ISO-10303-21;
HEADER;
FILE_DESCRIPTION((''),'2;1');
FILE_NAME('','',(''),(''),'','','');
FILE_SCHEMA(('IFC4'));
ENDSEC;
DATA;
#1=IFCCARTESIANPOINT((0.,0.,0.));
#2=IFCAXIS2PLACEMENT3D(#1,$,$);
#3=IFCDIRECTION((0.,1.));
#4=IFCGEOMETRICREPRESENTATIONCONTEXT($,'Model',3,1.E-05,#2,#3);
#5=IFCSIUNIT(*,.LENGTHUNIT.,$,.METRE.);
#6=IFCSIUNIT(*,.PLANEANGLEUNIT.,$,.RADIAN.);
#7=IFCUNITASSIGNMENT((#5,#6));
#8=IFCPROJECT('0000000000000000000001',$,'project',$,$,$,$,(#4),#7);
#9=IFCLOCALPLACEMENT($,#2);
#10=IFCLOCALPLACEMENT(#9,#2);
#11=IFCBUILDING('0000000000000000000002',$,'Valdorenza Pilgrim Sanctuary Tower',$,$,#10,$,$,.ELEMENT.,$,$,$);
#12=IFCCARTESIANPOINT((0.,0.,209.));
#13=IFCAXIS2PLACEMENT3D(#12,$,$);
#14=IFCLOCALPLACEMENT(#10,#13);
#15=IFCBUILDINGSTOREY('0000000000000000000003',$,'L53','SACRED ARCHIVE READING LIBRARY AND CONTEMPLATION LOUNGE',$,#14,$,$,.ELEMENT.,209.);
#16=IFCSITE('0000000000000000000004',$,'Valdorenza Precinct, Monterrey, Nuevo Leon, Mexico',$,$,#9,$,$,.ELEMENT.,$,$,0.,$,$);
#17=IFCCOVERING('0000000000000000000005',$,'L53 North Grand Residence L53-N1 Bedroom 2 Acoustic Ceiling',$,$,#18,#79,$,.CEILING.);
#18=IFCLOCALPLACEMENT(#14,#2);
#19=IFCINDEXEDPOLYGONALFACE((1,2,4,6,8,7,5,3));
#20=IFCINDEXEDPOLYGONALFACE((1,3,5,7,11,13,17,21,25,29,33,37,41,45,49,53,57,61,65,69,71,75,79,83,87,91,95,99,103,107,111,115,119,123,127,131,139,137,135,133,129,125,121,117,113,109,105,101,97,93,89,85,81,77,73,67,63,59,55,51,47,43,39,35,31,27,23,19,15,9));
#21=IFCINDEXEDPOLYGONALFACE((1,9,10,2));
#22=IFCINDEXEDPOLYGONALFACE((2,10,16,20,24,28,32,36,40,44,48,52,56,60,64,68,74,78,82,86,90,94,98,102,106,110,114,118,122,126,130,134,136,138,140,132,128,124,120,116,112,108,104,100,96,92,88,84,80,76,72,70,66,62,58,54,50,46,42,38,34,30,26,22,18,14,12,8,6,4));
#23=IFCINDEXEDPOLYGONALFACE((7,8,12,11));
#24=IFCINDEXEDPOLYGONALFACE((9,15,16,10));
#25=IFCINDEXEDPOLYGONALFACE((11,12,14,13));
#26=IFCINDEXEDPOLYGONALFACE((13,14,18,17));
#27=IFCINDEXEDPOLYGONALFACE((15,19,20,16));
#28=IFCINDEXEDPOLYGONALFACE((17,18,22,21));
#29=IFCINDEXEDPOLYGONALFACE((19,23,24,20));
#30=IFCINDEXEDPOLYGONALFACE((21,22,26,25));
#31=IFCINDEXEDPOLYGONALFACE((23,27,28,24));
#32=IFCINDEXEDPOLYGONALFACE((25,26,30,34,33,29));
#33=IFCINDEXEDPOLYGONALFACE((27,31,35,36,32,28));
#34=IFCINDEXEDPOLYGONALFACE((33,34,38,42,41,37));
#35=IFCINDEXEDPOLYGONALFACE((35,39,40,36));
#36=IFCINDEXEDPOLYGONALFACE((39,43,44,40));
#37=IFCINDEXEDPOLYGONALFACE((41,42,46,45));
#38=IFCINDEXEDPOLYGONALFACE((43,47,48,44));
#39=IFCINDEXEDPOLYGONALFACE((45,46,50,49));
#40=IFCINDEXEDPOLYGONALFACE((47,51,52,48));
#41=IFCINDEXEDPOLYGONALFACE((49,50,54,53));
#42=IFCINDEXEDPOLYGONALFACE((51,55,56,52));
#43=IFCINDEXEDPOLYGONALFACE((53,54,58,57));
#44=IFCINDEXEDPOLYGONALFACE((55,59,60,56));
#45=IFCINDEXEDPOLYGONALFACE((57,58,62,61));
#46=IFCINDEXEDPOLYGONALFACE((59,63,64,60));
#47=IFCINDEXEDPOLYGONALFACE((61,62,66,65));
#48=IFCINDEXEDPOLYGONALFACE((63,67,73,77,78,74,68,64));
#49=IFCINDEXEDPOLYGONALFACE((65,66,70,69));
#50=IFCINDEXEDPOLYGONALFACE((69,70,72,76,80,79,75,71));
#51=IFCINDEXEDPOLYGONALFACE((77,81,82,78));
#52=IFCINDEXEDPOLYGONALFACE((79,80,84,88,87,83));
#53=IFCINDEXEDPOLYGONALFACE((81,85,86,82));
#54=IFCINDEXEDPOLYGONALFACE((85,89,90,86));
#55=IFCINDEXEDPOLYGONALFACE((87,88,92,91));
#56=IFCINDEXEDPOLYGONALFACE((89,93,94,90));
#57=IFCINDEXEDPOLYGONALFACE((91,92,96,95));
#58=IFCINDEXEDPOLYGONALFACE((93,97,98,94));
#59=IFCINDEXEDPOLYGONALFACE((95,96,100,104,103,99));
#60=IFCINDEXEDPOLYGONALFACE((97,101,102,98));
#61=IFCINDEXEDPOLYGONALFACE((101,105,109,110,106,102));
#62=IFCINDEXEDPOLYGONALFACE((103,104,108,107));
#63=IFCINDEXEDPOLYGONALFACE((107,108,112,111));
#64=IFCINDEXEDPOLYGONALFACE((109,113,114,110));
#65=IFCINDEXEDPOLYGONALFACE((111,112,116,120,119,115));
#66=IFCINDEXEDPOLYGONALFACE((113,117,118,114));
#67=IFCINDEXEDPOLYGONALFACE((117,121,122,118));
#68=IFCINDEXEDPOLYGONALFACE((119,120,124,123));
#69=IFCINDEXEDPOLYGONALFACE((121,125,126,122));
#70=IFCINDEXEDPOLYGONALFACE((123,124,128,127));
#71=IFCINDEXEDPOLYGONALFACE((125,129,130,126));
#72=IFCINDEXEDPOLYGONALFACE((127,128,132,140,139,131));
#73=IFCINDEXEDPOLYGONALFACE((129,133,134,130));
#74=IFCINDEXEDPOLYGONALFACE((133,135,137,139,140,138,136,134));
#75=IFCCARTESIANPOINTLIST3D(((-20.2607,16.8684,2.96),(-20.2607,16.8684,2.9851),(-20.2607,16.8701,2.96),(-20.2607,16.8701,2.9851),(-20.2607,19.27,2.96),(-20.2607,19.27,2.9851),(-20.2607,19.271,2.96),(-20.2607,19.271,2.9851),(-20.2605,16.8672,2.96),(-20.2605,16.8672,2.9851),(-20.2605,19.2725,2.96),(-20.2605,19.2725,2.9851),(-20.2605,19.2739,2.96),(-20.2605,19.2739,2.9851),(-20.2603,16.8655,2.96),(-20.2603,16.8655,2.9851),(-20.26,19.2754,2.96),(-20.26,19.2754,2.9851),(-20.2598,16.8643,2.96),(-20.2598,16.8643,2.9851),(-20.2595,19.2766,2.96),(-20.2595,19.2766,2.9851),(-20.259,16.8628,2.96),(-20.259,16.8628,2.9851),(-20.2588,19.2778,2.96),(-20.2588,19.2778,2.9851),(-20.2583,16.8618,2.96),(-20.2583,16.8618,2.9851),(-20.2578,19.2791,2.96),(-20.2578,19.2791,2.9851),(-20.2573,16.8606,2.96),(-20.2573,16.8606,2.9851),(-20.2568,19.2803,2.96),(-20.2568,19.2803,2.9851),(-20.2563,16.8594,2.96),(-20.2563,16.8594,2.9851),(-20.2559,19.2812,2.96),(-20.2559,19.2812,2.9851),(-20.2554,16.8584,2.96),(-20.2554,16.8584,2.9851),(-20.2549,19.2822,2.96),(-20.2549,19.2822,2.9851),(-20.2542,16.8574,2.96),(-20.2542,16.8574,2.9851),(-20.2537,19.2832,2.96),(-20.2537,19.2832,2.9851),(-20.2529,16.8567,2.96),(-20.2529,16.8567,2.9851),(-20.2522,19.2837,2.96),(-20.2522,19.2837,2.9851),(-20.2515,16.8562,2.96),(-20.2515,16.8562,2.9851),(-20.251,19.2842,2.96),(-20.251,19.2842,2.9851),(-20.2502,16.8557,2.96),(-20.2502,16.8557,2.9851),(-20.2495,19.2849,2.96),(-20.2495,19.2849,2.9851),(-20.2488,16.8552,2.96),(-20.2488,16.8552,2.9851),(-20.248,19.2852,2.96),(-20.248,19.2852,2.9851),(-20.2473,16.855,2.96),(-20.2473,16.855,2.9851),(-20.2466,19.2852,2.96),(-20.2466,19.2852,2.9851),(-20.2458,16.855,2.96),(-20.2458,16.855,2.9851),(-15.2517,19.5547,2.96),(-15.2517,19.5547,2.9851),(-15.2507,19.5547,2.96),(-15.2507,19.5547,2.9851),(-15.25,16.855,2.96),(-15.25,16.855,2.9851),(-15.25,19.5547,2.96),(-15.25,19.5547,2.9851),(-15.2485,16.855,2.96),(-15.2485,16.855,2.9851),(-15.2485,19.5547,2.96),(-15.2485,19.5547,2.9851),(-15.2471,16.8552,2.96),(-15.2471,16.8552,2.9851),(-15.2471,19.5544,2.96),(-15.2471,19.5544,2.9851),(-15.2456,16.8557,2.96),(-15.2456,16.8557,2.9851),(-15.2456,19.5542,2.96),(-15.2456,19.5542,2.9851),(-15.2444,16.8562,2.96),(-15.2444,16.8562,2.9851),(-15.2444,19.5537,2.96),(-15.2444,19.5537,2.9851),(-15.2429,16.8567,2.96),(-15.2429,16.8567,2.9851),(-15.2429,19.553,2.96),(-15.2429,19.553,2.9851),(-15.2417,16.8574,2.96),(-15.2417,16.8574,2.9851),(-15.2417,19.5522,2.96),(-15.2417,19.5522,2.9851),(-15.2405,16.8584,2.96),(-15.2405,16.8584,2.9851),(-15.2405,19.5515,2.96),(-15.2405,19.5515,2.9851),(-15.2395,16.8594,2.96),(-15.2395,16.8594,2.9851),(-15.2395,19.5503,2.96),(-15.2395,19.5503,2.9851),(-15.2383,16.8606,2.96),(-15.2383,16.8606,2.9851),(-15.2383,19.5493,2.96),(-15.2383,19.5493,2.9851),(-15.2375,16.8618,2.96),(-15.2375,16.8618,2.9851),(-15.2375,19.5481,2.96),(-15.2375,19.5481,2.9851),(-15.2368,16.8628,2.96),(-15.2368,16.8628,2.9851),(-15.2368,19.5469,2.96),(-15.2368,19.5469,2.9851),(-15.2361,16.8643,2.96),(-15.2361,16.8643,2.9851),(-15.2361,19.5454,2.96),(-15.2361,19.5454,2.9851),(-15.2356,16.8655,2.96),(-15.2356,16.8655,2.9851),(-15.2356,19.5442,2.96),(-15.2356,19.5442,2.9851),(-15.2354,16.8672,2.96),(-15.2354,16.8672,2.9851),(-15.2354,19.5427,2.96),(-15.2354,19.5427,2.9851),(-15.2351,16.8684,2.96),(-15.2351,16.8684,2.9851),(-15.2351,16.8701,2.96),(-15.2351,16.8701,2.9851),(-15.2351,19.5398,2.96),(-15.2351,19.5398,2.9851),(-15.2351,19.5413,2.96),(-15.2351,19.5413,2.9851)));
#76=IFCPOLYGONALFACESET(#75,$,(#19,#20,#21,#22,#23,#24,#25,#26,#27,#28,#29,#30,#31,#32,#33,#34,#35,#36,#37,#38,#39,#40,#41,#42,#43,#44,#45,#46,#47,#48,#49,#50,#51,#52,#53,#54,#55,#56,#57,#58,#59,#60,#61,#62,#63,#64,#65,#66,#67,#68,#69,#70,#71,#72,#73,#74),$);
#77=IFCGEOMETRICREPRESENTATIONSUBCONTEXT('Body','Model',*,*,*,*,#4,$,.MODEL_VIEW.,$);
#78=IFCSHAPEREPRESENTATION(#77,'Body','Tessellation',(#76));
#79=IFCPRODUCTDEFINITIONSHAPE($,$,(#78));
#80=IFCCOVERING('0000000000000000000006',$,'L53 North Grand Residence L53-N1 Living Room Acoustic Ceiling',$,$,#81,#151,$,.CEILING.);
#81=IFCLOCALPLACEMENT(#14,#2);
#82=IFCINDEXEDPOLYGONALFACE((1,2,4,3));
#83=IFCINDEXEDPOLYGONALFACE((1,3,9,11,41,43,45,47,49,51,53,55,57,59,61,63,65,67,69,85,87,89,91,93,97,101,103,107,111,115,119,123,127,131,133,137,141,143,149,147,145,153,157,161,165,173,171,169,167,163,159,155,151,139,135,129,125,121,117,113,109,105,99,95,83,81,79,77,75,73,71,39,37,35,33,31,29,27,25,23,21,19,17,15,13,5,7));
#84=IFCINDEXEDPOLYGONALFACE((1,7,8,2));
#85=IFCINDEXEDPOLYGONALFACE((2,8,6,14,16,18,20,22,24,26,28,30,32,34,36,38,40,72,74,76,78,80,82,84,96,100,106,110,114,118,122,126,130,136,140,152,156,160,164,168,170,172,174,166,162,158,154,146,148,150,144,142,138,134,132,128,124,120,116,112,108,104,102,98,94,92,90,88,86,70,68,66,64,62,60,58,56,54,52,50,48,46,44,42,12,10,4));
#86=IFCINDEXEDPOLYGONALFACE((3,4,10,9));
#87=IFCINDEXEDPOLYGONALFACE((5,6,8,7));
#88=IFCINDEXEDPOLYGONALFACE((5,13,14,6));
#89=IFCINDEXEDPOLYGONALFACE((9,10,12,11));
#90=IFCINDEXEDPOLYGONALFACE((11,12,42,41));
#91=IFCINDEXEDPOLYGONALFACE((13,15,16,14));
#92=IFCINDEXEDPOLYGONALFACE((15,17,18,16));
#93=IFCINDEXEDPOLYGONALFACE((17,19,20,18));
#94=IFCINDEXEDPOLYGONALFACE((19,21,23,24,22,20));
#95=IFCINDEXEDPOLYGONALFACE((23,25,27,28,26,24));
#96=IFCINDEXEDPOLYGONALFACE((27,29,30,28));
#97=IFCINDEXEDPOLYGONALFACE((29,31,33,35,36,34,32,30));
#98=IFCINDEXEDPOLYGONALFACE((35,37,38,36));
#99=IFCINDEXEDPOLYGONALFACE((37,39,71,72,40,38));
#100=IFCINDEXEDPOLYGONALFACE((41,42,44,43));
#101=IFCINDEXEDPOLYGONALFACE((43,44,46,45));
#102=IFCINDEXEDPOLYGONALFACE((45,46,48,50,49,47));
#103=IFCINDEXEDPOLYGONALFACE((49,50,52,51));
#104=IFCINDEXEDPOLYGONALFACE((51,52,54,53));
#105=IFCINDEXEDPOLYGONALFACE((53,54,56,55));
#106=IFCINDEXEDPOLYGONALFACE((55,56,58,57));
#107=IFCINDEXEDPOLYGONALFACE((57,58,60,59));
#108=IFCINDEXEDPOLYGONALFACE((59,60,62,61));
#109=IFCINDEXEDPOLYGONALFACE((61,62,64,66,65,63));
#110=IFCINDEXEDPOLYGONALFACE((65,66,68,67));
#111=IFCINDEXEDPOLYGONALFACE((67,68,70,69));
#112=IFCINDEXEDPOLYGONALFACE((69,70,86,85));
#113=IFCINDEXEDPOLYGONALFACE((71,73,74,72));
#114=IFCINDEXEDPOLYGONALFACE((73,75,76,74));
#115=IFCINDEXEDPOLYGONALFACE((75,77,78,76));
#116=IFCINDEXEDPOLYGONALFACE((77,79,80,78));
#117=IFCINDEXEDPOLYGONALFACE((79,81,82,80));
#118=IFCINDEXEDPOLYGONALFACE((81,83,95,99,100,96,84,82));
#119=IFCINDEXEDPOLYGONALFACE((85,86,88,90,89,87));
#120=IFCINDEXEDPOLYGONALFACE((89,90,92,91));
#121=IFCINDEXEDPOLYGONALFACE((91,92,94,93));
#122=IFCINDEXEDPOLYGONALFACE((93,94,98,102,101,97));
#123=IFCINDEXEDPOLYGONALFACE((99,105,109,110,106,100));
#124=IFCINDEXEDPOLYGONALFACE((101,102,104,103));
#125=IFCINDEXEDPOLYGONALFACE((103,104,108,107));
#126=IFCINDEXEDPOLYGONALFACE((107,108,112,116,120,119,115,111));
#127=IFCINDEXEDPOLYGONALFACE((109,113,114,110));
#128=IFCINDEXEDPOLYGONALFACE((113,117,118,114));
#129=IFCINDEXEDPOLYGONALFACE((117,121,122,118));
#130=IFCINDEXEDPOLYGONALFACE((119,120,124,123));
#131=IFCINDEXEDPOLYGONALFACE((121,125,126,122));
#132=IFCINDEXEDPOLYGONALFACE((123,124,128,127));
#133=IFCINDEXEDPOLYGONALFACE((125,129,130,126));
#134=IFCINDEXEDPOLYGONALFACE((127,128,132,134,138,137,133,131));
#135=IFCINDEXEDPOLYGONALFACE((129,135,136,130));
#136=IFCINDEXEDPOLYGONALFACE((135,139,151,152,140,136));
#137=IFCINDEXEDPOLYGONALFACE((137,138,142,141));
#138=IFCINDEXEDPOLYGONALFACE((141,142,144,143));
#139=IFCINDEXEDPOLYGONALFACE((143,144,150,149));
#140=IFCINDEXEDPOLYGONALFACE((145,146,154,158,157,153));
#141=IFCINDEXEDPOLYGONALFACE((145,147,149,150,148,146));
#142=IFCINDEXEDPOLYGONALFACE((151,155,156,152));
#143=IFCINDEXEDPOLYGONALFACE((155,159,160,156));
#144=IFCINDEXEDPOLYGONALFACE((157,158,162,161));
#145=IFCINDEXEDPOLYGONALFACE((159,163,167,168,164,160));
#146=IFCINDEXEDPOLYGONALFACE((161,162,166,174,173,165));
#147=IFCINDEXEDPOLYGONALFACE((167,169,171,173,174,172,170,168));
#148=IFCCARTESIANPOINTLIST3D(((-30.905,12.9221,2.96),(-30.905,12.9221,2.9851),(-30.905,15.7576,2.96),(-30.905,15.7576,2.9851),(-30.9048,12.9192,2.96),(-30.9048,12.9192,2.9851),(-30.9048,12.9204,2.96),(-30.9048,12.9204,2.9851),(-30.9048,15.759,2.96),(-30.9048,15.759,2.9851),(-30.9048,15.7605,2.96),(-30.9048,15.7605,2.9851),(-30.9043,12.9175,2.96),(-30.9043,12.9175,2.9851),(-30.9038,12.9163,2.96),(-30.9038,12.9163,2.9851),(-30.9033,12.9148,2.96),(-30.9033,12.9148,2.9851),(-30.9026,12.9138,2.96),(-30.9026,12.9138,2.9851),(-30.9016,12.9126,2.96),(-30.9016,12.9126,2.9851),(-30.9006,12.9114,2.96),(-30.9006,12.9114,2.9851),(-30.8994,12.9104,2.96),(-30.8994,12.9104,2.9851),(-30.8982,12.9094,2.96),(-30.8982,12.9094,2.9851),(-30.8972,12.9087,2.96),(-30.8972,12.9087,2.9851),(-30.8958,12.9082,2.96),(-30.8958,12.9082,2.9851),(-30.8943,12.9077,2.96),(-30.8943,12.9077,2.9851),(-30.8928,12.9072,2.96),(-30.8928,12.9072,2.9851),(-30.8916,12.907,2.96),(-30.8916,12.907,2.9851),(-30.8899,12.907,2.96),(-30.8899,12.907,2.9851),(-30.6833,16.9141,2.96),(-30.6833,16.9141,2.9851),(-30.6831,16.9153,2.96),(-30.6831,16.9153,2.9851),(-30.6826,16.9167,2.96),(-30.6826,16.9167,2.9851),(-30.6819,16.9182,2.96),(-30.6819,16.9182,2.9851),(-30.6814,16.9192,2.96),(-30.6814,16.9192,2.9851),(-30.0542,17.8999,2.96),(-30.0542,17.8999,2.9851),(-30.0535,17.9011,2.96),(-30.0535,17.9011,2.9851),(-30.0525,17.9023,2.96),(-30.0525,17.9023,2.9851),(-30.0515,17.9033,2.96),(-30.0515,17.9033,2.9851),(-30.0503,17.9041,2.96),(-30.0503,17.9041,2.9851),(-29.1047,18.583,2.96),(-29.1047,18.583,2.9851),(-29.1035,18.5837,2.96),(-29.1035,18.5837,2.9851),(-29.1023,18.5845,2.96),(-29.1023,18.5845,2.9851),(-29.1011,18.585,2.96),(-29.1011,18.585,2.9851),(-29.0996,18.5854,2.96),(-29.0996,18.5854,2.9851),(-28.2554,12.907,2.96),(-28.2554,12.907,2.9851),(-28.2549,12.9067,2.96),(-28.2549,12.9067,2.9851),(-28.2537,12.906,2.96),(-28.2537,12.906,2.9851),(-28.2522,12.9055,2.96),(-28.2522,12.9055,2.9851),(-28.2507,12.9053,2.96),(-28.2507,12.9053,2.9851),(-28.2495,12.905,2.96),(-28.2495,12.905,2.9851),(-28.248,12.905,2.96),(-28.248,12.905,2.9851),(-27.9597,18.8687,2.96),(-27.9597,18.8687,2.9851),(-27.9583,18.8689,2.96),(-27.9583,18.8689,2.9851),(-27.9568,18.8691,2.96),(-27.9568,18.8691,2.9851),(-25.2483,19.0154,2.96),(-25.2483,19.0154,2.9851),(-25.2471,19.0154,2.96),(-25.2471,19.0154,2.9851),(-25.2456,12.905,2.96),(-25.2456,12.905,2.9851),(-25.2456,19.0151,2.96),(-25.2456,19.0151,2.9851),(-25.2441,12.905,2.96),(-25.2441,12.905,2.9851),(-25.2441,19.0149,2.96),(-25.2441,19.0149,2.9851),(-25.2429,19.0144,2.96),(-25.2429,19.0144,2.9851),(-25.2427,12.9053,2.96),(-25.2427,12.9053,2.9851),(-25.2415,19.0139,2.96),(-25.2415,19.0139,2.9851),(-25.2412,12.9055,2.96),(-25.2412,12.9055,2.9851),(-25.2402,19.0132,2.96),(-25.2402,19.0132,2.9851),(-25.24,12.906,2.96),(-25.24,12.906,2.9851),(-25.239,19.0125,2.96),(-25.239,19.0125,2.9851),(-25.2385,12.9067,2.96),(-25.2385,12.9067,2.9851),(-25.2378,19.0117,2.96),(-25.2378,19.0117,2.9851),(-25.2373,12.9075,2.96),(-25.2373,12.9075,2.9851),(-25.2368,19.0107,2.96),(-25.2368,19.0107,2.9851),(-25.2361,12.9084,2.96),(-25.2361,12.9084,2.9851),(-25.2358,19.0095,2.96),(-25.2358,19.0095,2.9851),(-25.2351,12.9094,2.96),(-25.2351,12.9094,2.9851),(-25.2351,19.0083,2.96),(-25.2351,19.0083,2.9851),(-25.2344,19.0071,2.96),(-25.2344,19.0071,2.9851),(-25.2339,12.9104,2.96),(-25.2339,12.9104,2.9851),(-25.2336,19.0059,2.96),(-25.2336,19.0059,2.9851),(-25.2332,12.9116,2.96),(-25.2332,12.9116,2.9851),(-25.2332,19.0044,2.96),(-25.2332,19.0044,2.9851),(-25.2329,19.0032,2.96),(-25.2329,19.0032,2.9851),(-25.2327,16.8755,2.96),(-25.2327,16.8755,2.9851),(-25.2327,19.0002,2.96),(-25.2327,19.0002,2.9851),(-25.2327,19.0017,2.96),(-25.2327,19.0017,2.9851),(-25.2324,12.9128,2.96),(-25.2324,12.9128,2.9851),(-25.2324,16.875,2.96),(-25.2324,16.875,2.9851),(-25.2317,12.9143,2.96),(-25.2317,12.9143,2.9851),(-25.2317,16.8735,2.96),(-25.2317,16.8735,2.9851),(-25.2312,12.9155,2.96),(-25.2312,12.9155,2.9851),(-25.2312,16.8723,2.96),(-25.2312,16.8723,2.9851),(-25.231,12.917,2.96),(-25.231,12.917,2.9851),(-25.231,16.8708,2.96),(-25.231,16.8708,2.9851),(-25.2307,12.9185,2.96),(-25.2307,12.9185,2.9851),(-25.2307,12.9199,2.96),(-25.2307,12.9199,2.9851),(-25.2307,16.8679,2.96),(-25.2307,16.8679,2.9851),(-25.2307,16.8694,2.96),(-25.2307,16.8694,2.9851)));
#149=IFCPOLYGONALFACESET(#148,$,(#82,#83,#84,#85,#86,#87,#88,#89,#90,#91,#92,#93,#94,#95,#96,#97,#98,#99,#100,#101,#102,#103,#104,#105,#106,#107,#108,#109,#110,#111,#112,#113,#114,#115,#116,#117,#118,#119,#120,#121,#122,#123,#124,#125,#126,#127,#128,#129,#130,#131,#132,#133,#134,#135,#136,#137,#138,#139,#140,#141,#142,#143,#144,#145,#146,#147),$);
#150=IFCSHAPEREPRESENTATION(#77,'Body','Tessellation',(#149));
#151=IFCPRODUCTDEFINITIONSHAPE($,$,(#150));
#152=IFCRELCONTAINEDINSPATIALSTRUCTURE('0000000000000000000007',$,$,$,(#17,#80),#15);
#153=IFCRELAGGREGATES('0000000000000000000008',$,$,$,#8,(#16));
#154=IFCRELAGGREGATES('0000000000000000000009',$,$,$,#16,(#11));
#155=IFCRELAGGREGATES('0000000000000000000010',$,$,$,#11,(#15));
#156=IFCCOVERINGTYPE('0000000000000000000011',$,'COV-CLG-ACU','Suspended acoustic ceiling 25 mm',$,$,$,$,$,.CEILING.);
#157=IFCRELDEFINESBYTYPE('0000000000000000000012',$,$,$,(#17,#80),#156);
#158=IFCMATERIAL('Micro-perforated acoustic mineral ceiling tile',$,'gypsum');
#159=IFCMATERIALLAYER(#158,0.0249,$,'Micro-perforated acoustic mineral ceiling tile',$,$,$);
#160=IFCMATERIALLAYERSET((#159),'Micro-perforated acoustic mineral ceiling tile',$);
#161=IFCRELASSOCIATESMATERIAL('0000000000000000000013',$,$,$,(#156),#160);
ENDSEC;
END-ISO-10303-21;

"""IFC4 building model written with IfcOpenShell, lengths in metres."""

from ifc_helpers import new_model, si_unit, direction, frame, origin, place, context, subcontext, project, spatial, polyline, outline, extrude, material, layer, layer_set, type_object, element, save


model = new_model("IFC4")

# Units and contexts
model_context = context("Model", 3, precision=1e-05, world=origin(), true_north=direction((0.0, 1.0)))
body_context = subcontext(model_context, "Body", "Model", "MODEL_VIEW")
ifc_project = project(units=[si_unit("LENGTHUNIT", "METRE"), si_unit("PLANEANGLEUNIT", "RADIAN")], contexts=[model_context])

# Site, building, storey
site_placement = place(None, origin())
site = spatial("IfcSite", under=ifc_project, at=site_placement, Name="Valdorenza Precinct, Monterrey, Nuevo Leon, Mexico", CompositionType="ELEMENT", RefElevation=0.0)
building_placement = place(site_placement, origin())
building = spatial("IfcBuilding", under=site, at=building_placement, Name="Valdorenza Pilgrim Sanctuary Tower", CompositionType="ELEMENT")
storey_placement = place(building_placement, frame((0.0, 0.0, 209.0)))
storey = spatial("IfcBuildingStorey", under=building, at=storey_placement, Name="L53", Description="SACRED ARCHIVE READING LIBRARY AND CONTEMPLATION LOUNGE", CompositionType="ELEMENT", Elevation=209.0)

# Coverings
ifc_material_1 = material(Name="Micro-perforated acoustic mineral ceiling tile", Category="gypsum")
ifc_layer_1 = layer(ifc_material_1, 0.0249, Name="Micro-perforated acoustic mineral ceiling tile")
ifc_layer_set_1 = layer_set([ifc_layer_1], Name="Micro-perforated acoustic mineral ceiling tile")
covering_type_1 = type_object("IfcCoveringType", Name="COV-CLG-ACU", Description="Suspended acoustic ceiling 25 mm", PredefinedType="CEILING", material=ifc_layer_set_1)
covering_1_placement = place(storey_placement, frame((0.0, 0.0, 2.96)))
element("IfcCovering", 1, at=covering_1_placement, inside=storey, type_object=covering_type_1, Name="L53 North Grand Residence L53-N1 Bedroom 2 Acoustic Ceiling", PredefinedType="CEILING", context=body_context, shape_type="SweptSolid", body=[
    extrude(outline(polyline([(-20.2607, 19.27), (-20.2607, 19.271), (-20.2605, 19.2725), (-20.2605, 19.2739), (-20.26, 19.2754), (-20.2595, 19.2766), (-20.2588, 19.2778), (-20.2578, 19.2791), (-20.2568, 19.2803), (-20.2559, 19.2812), (-20.2549, 19.2822), (-20.2537, 19.2832), (-20.2522, 19.2837), (-20.251, 19.2842), (-20.2495, 19.2849), (-20.248, 19.2852), (-20.2466, 19.2852), (-15.2517, 19.5547), (-15.2507, 19.5547), (-15.25, 19.5547), (-15.2485, 19.5547), (-15.2471, 19.5544), (-15.2456, 19.5542), (-15.2444, 19.5537), (-15.2429, 19.553), (-15.2417, 19.5522), (-15.2405, 19.5515), (-15.2395, 19.5503), (-15.2383, 19.5493), (-15.2375, 19.5481), (-15.2368, 19.5469), (-15.2361, 19.5454), (-15.2356, 19.5442), (-15.2354, 19.5427), (-15.2351, 19.5413), (-15.2351, 19.5398), (-15.2351, 16.8701), (-15.2351, 16.8684), (-15.2354, 16.8672), (-15.2356, 16.8655), (-15.2361, 16.8643), (-15.2368, 16.8628), (-15.2375, 16.8618), (-15.2383, 16.8606), (-15.2395, 16.8594), (-15.2405, 16.8584), (-15.2417, 16.8574), (-15.2429, 16.8567), (-15.2444, 16.8562), (-15.2456, 16.8557), (-15.2471, 16.8552), (-15.2485, 16.855), (-15.25, 16.855), (-20.2458, 16.855), (-20.2473, 16.855), (-20.2488, 16.8552), (-20.2502, 16.8557), (-20.2515, 16.8562), (-20.2529, 16.8567), (-20.2542, 16.8574), (-20.2554, 16.8584), (-20.2563, 16.8594), (-20.2573, 16.8606), (-20.2583, 16.8618), (-20.259, 16.8628), (-20.2598, 16.8643), (-20.2603, 16.8655), (-20.2605, 16.8672), (-20.2607, 16.8684), (-20.2607, 16.8701), (-20.2607, 19.27), (-20.2607, 19.27)])), origin(), (0.0, 0.0, 1.0), 0.0251),
])
covering_2_placement = place(storey_placement, frame((0.0, 0.0, 2.96)))
element("IfcCovering", 2, at=covering_2_placement, inside=storey, type_object=covering_type_1, Name="L53 North Grand Residence L53-N1 Living Room Acoustic Ceiling", PredefinedType="CEILING", context=body_context, shape_type="SweptSolid", body=[
    extrude(outline(polyline([(-28.2554, 12.907), (-30.8899, 12.907), (-30.8916, 12.907), (-30.8928, 12.9072), (-30.8943, 12.9077), (-30.8958, 12.9082), (-30.8972, 12.9087), (-30.8982, 12.9094), (-30.8994, 12.9104), (-30.9006, 12.9114), (-30.9016, 12.9126), (-30.9026, 12.9138), (-30.9033, 12.9148), (-30.9038, 12.9163), (-30.9043, 12.9175), (-30.9048, 12.9192), (-30.9048, 12.9204), (-30.905, 12.9221), (-30.905, 15.7576), (-30.9048, 15.759), (-30.9048, 15.7605), (-30.6833, 16.9141), (-30.6831, 16.9153), (-30.6826, 16.9167), (-30.6819, 16.9182), (-30.6814, 16.9192), (-30.0542, 17.8999), (-30.0535, 17.9011), (-30.0525, 17.9023), (-30.0515, 17.9033), (-30.0503, 17.9041), (-29.1047, 18.583), (-29.1035, 18.5837), (-29.1023, 18.5845), (-29.1011, 18.585), (-29.0996, 18.5854), (-27.9597, 18.8687), (-27.9583, 18.8689), (-27.9568, 18.8691), (-25.2483, 19.0154), (-25.2471, 19.0154), (-25.2456, 19.0151), (-25.2441, 19.0149), (-25.2429, 19.0144), (-25.2415, 19.0139), (-25.2402, 19.0132), (-25.239, 19.0125), (-25.2378, 19.0117), (-25.2368, 19.0107), (-25.2358, 19.0095), (-25.2351, 19.0083), (-25.2344, 19.0071), (-25.2336, 19.0059), (-25.2332, 19.0044), (-25.2329, 19.0032), (-25.2327, 19.0017), (-25.2327, 19.0002), (-25.2327, 16.8755), (-25.2324, 16.875), (-25.2317, 16.8735), (-25.2312, 16.8723), (-25.231, 16.8708), (-25.2307, 16.8694), (-25.2307, 16.8679), (-25.2307, 12.9199), (-25.2307, 12.9185), (-25.231, 12.917), (-25.2312, 12.9155), (-25.2317, 12.9143), (-25.2324, 12.9128), (-25.2332, 12.9116), (-25.2339, 12.9104), (-25.2351, 12.9094), (-25.2361, 12.9084), (-25.2373, 12.9075), (-25.2385, 12.9067), (-25.24, 12.906), (-25.2412, 12.9055), (-25.2427, 12.9053), (-25.2441, 12.905), (-25.2456, 12.905), (-28.248, 12.905), (-28.2495, 12.905), (-28.2507, 12.9053), (-28.2522, 12.9055), (-28.2537, 12.906), (-28.2549, 12.9067), (-28.2554, 12.907)])), origin(), (0.0, 0.0, 1.0), 0.0251),
])

save(model, "model.ifc")
